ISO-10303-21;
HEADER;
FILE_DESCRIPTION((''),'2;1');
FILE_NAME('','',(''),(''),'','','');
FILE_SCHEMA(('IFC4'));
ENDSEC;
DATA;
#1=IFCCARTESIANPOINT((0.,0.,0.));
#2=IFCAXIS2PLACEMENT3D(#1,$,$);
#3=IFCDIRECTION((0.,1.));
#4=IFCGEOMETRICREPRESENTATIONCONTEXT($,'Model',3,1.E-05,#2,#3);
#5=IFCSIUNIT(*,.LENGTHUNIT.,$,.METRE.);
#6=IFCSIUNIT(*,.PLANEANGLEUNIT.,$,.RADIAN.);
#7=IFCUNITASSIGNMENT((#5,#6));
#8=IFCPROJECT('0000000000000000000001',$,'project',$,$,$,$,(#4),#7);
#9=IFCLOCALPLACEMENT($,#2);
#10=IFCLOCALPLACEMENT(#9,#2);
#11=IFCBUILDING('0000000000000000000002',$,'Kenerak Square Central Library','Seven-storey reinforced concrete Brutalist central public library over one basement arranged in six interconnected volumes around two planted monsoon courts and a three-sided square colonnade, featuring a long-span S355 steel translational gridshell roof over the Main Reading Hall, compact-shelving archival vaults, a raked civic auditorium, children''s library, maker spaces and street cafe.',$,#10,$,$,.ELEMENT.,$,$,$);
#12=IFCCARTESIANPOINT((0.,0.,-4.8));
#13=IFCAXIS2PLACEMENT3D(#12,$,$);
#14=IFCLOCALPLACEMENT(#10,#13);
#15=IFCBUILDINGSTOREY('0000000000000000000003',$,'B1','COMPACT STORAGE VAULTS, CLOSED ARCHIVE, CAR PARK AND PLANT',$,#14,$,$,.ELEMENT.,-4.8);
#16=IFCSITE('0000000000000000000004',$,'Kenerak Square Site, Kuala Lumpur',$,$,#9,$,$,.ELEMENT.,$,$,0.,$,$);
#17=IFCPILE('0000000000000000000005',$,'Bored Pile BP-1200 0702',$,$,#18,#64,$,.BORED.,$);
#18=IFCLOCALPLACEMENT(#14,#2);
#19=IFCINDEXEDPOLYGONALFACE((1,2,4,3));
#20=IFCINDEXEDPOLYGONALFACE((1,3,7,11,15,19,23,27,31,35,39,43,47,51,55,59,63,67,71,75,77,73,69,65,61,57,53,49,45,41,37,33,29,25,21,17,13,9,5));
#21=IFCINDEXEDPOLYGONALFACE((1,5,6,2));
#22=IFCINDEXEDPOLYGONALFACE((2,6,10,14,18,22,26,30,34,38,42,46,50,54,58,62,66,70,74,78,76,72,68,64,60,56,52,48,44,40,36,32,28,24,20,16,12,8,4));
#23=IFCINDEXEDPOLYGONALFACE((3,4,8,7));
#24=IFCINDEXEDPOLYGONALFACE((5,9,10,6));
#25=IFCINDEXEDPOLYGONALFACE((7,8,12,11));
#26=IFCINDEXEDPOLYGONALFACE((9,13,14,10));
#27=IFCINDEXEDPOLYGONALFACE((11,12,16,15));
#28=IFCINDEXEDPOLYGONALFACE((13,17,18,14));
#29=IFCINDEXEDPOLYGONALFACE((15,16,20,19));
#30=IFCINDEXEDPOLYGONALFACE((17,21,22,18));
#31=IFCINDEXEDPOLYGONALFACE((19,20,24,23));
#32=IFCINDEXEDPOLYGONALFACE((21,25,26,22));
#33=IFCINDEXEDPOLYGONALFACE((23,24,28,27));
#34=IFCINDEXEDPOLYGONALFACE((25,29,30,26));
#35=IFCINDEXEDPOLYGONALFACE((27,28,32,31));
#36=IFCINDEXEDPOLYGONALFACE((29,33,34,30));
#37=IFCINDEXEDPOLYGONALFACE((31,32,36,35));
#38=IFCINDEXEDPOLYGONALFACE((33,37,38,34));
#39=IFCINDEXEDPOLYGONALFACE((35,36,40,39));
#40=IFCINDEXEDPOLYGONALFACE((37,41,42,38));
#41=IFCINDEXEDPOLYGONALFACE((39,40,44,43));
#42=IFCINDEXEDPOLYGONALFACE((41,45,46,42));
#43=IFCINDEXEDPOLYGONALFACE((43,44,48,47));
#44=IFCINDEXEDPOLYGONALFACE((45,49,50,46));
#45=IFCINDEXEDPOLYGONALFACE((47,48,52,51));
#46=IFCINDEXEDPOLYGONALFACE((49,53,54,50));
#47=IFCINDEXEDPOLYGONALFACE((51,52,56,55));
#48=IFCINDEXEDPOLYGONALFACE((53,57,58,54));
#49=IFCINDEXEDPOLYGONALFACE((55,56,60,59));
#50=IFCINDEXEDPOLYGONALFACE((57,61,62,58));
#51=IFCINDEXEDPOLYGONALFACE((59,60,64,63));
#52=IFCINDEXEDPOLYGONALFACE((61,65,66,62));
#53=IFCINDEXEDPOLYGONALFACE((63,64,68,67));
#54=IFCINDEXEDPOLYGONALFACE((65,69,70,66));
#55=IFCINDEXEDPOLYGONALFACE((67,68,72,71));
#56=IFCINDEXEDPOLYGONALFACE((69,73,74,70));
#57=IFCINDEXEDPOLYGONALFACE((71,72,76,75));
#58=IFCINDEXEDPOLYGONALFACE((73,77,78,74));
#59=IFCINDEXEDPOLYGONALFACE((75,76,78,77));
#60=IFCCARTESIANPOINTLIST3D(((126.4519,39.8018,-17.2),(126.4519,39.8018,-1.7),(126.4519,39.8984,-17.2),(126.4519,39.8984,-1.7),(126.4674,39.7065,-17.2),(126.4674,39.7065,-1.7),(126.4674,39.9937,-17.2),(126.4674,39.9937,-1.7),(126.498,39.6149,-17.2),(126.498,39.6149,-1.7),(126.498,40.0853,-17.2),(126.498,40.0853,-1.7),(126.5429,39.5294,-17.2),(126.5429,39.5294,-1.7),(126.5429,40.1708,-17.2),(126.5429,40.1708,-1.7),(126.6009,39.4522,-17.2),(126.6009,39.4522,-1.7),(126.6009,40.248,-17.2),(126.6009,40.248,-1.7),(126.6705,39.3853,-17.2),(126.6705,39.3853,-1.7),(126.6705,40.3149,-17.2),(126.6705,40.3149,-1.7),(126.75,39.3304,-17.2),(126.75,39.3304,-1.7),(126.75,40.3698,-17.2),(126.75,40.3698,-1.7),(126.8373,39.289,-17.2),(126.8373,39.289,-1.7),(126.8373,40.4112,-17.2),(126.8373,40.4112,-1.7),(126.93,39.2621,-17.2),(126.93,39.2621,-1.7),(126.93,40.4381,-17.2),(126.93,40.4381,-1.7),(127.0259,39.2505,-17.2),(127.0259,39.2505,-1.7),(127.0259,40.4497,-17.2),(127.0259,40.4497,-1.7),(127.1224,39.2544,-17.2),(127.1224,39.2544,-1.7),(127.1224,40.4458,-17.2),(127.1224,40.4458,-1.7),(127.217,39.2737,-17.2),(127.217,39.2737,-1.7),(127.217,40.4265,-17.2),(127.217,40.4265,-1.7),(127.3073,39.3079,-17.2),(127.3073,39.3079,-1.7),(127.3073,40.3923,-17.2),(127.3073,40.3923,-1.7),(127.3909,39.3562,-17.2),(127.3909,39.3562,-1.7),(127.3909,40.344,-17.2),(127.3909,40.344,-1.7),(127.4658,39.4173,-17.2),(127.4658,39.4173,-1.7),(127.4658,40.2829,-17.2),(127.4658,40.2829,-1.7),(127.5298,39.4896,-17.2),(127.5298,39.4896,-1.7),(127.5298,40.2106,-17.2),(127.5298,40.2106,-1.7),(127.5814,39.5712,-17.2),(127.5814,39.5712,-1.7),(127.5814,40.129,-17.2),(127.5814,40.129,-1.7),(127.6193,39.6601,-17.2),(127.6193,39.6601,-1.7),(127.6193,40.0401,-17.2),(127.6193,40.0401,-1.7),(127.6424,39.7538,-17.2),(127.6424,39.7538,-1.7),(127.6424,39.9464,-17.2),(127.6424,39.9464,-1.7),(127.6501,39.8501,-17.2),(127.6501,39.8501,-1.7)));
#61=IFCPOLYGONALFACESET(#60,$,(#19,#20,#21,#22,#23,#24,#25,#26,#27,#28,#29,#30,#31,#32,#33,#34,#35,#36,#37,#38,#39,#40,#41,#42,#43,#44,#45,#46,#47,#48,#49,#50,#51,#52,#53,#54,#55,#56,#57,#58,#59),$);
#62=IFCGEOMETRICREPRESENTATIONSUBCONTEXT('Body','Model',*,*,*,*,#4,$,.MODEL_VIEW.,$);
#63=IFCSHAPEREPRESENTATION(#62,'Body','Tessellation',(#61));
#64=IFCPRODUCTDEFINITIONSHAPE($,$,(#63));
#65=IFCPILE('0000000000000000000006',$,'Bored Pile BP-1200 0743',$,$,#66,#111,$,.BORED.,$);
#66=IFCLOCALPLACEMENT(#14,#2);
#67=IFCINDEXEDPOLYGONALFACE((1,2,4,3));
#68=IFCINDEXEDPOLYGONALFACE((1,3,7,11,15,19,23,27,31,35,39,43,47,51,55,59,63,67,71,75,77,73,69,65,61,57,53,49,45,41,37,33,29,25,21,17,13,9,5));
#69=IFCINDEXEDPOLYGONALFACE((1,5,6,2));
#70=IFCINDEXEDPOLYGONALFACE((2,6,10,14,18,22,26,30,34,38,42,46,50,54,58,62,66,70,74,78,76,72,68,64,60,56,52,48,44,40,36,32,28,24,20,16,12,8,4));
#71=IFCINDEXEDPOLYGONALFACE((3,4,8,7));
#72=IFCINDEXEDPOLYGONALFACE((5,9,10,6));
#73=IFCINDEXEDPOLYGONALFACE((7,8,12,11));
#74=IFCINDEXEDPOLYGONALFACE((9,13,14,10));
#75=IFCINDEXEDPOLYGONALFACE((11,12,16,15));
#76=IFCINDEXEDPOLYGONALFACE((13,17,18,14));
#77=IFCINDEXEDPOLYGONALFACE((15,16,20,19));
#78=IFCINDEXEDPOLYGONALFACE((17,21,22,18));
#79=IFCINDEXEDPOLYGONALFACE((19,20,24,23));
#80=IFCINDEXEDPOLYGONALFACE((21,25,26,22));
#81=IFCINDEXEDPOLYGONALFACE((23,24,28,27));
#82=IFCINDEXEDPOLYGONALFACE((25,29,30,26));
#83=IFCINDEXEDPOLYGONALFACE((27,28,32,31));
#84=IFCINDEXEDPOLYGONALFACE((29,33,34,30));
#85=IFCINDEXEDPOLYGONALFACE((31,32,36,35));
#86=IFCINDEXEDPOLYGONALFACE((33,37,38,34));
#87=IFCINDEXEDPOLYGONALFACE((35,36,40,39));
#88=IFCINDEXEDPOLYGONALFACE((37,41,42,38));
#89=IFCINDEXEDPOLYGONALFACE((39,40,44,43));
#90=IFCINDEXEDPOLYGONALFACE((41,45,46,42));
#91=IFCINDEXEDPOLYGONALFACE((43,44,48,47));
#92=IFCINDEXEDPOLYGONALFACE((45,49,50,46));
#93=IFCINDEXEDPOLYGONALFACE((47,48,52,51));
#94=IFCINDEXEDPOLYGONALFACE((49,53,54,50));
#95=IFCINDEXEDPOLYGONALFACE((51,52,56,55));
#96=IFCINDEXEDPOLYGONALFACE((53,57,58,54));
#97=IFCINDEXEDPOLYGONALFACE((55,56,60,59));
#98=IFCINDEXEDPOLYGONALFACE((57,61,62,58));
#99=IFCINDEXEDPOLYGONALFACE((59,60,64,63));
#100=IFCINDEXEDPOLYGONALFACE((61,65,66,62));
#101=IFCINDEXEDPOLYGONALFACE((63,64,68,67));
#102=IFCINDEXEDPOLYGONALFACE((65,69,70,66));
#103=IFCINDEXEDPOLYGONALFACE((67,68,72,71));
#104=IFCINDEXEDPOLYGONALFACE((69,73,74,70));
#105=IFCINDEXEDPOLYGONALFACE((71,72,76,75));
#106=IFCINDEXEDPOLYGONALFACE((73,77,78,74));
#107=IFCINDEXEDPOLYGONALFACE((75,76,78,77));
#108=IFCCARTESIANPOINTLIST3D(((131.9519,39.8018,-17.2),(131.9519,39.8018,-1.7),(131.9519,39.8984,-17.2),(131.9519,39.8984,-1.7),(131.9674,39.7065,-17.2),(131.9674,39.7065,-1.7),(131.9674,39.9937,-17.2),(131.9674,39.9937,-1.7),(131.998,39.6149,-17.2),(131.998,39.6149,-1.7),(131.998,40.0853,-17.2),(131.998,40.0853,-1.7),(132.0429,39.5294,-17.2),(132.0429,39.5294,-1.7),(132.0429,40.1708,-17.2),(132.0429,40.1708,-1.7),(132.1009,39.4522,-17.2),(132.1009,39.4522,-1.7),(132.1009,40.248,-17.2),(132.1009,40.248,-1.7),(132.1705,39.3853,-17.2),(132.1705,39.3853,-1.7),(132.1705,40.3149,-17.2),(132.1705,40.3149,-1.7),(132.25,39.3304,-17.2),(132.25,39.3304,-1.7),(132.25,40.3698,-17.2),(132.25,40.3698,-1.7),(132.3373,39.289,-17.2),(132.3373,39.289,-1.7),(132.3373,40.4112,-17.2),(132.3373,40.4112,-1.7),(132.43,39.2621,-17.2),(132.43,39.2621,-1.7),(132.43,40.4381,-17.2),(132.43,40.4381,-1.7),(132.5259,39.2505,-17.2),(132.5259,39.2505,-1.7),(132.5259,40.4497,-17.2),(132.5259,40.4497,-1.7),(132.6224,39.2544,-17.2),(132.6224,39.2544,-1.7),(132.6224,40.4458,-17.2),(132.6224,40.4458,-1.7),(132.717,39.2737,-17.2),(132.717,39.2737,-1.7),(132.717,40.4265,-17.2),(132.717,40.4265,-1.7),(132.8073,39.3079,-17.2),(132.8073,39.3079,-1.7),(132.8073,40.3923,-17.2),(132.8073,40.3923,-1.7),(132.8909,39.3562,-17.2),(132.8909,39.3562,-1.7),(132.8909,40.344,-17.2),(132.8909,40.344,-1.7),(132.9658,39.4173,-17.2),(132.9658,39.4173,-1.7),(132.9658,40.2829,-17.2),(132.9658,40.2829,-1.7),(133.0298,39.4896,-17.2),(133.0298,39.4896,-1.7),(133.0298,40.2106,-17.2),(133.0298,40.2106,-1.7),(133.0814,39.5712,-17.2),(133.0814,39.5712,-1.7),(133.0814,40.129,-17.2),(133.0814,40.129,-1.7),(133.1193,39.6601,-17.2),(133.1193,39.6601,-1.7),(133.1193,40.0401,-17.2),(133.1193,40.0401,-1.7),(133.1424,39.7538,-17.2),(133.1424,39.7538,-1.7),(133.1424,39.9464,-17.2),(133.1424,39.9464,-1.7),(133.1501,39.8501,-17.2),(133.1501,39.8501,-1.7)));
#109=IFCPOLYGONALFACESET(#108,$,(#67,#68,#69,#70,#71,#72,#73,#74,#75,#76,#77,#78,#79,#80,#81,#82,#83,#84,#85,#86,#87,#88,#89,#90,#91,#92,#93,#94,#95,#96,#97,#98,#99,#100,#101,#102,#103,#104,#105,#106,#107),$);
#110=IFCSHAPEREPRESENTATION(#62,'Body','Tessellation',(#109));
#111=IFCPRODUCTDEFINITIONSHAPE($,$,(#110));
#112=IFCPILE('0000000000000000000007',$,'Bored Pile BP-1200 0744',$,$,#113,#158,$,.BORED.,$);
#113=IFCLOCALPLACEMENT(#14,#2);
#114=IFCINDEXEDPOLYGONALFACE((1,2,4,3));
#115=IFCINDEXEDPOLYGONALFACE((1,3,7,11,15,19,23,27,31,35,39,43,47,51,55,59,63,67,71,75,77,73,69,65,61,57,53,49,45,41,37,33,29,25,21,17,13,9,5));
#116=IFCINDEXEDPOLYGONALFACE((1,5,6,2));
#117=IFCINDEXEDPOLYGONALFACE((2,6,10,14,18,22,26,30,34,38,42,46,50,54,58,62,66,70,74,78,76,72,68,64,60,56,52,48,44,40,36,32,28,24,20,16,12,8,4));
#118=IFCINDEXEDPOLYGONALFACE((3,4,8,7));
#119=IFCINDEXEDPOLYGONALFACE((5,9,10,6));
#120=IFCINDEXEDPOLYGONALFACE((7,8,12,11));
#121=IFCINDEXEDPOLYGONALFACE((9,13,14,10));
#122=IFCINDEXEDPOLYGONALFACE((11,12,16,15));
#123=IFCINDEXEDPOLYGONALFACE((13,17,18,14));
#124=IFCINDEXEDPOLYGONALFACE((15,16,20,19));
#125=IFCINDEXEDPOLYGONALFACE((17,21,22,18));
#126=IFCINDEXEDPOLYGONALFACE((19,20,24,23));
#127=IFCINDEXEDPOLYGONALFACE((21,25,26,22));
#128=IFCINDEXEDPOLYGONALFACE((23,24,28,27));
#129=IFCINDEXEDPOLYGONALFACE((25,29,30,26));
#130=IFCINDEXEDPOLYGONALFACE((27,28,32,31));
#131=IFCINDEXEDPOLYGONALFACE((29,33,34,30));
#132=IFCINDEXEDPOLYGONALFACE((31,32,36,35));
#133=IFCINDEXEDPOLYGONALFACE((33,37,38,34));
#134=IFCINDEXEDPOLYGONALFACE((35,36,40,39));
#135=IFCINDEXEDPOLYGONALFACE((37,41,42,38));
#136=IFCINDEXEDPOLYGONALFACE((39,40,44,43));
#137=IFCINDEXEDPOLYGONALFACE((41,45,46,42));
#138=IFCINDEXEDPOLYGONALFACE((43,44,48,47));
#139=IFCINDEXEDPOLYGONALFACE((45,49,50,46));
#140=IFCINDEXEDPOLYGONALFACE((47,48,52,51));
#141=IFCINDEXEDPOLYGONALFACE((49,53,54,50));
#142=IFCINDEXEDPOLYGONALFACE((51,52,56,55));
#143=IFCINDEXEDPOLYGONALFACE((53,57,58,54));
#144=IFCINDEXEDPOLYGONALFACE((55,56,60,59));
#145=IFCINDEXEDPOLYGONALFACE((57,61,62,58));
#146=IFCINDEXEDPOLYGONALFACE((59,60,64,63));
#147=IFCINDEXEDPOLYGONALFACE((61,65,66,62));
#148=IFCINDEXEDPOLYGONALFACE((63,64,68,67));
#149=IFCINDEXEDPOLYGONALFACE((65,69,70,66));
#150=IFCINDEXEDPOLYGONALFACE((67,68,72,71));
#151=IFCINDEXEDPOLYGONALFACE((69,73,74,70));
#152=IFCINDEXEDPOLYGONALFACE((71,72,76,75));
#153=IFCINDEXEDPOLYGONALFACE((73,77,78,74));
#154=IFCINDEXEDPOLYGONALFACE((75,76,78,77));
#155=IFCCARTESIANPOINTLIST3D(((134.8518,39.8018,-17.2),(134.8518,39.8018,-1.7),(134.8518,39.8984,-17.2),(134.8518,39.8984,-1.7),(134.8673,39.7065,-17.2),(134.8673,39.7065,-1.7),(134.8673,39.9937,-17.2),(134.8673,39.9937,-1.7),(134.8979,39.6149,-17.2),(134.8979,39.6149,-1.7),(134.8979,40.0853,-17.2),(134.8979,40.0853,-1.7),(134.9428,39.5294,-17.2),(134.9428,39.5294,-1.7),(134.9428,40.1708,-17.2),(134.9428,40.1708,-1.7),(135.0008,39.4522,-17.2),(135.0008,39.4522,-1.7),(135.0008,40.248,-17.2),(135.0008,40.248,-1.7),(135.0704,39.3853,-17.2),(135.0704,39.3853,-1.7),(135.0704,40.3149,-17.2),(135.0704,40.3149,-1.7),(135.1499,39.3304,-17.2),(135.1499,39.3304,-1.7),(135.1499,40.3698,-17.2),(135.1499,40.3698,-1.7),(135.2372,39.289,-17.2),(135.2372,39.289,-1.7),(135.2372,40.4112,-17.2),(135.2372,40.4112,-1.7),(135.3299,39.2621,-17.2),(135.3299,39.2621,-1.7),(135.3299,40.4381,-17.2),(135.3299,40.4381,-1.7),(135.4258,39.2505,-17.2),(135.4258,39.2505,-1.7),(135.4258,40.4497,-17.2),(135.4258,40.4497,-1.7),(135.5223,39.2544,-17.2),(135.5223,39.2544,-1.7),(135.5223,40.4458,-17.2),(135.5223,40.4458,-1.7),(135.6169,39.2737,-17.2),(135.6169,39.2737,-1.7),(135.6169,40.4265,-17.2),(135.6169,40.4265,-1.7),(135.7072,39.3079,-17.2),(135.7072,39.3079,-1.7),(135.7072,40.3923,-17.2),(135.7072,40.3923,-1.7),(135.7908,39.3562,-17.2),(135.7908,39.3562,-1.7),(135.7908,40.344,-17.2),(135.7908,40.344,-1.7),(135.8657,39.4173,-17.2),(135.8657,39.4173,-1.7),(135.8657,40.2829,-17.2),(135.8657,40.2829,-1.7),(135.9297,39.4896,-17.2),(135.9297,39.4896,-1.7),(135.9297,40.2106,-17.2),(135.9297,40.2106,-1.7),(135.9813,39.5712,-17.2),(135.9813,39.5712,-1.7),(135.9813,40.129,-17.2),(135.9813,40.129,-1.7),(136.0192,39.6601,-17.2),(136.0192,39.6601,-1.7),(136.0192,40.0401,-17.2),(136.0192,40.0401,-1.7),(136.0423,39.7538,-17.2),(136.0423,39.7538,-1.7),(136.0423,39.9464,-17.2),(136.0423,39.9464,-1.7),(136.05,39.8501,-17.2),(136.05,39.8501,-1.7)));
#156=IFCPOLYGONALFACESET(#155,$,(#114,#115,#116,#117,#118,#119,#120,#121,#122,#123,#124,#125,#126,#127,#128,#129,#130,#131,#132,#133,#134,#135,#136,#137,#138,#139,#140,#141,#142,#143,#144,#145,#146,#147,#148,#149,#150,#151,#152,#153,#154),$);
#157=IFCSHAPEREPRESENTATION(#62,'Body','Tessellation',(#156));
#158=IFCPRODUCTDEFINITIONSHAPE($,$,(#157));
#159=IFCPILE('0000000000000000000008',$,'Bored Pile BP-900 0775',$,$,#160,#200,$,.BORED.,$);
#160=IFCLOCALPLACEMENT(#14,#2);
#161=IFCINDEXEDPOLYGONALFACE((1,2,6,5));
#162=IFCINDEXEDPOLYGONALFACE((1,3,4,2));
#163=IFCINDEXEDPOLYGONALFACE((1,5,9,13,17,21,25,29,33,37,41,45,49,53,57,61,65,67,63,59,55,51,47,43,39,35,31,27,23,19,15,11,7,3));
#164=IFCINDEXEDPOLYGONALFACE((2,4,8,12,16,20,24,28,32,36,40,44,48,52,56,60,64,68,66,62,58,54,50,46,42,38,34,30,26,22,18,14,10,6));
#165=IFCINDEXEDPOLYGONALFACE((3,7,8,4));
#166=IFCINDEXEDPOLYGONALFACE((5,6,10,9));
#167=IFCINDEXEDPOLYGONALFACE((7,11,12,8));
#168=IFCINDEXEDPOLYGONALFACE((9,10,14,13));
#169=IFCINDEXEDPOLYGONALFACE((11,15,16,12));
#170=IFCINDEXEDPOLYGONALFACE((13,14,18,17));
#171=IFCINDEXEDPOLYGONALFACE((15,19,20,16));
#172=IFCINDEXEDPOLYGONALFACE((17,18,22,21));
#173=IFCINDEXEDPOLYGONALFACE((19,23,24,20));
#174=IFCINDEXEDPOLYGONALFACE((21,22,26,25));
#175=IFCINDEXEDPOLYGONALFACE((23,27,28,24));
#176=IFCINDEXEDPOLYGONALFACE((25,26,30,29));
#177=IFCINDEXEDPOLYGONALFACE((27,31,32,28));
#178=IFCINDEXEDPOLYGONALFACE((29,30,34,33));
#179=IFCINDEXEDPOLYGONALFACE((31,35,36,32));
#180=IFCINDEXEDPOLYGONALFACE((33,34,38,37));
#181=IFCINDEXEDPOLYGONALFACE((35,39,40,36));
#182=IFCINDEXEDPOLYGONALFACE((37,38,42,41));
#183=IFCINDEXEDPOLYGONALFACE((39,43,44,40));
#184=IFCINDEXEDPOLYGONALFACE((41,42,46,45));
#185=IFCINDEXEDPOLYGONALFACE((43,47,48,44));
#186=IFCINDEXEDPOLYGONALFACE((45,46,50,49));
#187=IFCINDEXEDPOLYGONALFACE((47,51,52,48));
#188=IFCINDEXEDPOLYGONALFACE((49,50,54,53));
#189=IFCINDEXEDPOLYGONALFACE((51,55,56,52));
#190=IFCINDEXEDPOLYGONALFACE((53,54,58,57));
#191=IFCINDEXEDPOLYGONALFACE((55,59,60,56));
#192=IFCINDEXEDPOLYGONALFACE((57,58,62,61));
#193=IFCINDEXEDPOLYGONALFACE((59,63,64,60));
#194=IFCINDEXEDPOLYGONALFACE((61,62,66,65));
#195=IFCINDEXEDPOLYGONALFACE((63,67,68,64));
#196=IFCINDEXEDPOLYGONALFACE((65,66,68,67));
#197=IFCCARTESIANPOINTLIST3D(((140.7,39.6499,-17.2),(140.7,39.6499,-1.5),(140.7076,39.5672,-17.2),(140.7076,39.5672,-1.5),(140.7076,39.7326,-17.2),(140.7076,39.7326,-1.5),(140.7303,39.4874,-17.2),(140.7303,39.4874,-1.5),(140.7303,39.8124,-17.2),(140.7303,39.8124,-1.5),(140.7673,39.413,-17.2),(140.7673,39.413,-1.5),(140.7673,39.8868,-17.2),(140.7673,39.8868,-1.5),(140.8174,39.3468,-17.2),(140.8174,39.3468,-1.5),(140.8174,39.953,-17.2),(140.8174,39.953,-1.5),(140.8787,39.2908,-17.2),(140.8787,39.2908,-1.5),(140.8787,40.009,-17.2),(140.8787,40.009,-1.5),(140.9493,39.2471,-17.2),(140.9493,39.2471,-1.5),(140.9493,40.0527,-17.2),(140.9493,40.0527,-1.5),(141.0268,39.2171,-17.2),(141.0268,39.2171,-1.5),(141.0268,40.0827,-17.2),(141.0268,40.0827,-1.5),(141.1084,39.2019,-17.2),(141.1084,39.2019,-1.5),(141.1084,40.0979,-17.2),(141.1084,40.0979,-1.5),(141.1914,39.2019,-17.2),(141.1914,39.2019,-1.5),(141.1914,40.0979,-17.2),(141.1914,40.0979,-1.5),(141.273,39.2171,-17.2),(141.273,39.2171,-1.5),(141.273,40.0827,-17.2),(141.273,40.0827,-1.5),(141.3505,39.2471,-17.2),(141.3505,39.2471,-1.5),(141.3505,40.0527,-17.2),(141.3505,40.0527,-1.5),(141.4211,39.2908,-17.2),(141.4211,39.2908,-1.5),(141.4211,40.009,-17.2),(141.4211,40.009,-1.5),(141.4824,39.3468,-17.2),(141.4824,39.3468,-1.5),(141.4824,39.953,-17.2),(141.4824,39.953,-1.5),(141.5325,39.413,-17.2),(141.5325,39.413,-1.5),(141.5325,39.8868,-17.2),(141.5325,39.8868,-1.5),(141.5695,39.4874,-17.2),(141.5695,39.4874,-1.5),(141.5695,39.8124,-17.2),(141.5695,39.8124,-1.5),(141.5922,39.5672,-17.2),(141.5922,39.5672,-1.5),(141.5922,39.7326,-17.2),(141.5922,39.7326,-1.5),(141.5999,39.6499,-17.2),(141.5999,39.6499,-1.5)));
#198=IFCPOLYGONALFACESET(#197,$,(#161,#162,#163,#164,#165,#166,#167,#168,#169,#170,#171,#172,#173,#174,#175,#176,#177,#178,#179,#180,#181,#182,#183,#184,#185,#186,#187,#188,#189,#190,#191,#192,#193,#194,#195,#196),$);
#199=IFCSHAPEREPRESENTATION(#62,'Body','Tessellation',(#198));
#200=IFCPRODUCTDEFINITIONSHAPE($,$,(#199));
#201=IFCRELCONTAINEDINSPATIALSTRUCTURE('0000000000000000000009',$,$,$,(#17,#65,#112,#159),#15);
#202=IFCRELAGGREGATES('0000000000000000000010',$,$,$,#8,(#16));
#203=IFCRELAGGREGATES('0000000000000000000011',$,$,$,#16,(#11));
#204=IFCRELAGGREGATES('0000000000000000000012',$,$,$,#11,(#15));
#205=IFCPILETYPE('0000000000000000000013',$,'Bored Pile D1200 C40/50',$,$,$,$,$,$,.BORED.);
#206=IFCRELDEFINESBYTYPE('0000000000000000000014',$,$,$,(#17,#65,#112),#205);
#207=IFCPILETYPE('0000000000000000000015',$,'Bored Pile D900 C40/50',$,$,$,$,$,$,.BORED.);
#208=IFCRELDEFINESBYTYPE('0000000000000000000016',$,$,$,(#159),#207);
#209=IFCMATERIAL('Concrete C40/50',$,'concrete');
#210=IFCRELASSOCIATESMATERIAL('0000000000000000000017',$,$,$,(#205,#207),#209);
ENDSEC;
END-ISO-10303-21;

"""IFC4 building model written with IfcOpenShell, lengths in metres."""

from ifc_helpers import new_model, si_unit, direction, frame, origin, origin_2d, place, context, subcontext, project, spatial, circle, extrude, material, material_profile, profile_set, type_object, element, save


model = new_model("IFC4")

# Units and contexts
model_context = context("Model", 3, precision=1e-05, world=origin(), true_north=direction((0.0, 1.0)))
body_context = subcontext(model_context, "Body", "Model", "MODEL_VIEW")
ifc_project = project(units=[si_unit("LENGTHUNIT", "METRE"), si_unit("PLANEANGLEUNIT", "RADIAN")], contexts=[model_context])

# Site, building, storey
site_placement = place(None, origin())
site = spatial("IfcSite", under=ifc_project, at=site_placement, Name="Kenerak Square Site, Kuala Lumpur", CompositionType="ELEMENT", RefElevation=0.0)
building_placement = place(site_placement, origin())
building = spatial("IfcBuilding", under=site, at=building_placement, Name="Kenerak Square Central Library", Description="Seven-storey reinforced concrete Brutalist central public library over one basement arranged in six interconnected volumes around two planted monsoon courts and a three-sided square colonnade, featuring a long-span S355 steel translational gridshell roof over the Main Reading Hall, compact-shelving archival vaults, a raked civic auditorium, children's library, maker spaces and street cafe.", CompositionType="ELEMENT")
storey_placement = place(building_placement, frame((0.0, 0.0, -4.8)))
storey = spatial("IfcBuildingStorey", under=building, at=storey_placement, Name="B1", Description="COMPACT STORAGE VAULTS, CLOSED ARCHIVE, CAR PARK AND PLANT", CompositionType="ELEMENT", Elevation=-4.8)

# Piles
ifc_material_1 = material(Name="Concrete C40/50", Category="concrete")
ifc_material_profile_1 = material_profile(ifc_material_1, circle(Radius=0.6001, at=origin_2d()), Name="BP D1200")
ifc_profile_set_1 = profile_set([ifc_material_profile_1], Name="Concrete C40/50")
pile_type_1 = type_object("IfcPileType", Name="Bored Pile D1200 C40/50", PredefinedType="BORED", material=ifc_profile_set_1)
for number, where, z_axis, x_axis, name in (
    (1, (127.05, 39.8501, -1.7), (0.0, 0.0, -1.0), (1.0, 0.0, 0.0), "Bored Pile BP-1200 0702"),
    (2, (132.55, 39.8501, -1.7), (0.0, 0.0, -1.0), (1.0, 0.0, 0.0), "Bored Pile BP-1200 0743"),
    (3, (135.45, 39.8501, -1.7), (0.0, 0.0, -1.0), (1.0, 0.0, 0.0), "Bored Pile BP-1200 0744"),
):
    element("IfcPile", number, at=place(storey_placement, frame(where, z_axis=z_axis, x_axis=x_axis)), inside=storey, type_object=pile_type_1, Name=name, PredefinedType="BORED", context=body_context, shape_type="SweptSolid", body=[
        extrude(circle(Radius=0.6001, at=origin_2d()), origin(), (0.0, 0.0, 1.0), 15.5),
    ])
ifc_material_profile_2 = material_profile(ifc_material_1, circle(Radius=0.45, at=origin_2d()), Name="BP D900")
ifc_profile_set_2 = profile_set([ifc_material_profile_2], Name="Concrete C40/50")
pile_type_2 = type_object("IfcPileType", Name="Bored Pile D900 C40/50", PredefinedType="BORED", material=ifc_profile_set_2)
for number, where, z_axis, x_axis, name in (
    (4, (141.1499, 39.6499, -1.5), (0.0, 0.0, -1.0), (1.0, 0.0, 0.0), "Bored Pile BP-900 0775"),
):
    element("IfcPile", number, at=place(storey_placement, frame(where, z_axis=z_axis, x_axis=x_axis)), inside=storey, type_object=pile_type_2, Name=name, PredefinedType="BORED", context=body_context, shape_type="SweptSolid", body=[
        extrude(circle(Radius=0.45, at=origin_2d()), origin(), (0.0, 0.0, 1.0), 15.7),
    ])

save(model, "model.ifc")
